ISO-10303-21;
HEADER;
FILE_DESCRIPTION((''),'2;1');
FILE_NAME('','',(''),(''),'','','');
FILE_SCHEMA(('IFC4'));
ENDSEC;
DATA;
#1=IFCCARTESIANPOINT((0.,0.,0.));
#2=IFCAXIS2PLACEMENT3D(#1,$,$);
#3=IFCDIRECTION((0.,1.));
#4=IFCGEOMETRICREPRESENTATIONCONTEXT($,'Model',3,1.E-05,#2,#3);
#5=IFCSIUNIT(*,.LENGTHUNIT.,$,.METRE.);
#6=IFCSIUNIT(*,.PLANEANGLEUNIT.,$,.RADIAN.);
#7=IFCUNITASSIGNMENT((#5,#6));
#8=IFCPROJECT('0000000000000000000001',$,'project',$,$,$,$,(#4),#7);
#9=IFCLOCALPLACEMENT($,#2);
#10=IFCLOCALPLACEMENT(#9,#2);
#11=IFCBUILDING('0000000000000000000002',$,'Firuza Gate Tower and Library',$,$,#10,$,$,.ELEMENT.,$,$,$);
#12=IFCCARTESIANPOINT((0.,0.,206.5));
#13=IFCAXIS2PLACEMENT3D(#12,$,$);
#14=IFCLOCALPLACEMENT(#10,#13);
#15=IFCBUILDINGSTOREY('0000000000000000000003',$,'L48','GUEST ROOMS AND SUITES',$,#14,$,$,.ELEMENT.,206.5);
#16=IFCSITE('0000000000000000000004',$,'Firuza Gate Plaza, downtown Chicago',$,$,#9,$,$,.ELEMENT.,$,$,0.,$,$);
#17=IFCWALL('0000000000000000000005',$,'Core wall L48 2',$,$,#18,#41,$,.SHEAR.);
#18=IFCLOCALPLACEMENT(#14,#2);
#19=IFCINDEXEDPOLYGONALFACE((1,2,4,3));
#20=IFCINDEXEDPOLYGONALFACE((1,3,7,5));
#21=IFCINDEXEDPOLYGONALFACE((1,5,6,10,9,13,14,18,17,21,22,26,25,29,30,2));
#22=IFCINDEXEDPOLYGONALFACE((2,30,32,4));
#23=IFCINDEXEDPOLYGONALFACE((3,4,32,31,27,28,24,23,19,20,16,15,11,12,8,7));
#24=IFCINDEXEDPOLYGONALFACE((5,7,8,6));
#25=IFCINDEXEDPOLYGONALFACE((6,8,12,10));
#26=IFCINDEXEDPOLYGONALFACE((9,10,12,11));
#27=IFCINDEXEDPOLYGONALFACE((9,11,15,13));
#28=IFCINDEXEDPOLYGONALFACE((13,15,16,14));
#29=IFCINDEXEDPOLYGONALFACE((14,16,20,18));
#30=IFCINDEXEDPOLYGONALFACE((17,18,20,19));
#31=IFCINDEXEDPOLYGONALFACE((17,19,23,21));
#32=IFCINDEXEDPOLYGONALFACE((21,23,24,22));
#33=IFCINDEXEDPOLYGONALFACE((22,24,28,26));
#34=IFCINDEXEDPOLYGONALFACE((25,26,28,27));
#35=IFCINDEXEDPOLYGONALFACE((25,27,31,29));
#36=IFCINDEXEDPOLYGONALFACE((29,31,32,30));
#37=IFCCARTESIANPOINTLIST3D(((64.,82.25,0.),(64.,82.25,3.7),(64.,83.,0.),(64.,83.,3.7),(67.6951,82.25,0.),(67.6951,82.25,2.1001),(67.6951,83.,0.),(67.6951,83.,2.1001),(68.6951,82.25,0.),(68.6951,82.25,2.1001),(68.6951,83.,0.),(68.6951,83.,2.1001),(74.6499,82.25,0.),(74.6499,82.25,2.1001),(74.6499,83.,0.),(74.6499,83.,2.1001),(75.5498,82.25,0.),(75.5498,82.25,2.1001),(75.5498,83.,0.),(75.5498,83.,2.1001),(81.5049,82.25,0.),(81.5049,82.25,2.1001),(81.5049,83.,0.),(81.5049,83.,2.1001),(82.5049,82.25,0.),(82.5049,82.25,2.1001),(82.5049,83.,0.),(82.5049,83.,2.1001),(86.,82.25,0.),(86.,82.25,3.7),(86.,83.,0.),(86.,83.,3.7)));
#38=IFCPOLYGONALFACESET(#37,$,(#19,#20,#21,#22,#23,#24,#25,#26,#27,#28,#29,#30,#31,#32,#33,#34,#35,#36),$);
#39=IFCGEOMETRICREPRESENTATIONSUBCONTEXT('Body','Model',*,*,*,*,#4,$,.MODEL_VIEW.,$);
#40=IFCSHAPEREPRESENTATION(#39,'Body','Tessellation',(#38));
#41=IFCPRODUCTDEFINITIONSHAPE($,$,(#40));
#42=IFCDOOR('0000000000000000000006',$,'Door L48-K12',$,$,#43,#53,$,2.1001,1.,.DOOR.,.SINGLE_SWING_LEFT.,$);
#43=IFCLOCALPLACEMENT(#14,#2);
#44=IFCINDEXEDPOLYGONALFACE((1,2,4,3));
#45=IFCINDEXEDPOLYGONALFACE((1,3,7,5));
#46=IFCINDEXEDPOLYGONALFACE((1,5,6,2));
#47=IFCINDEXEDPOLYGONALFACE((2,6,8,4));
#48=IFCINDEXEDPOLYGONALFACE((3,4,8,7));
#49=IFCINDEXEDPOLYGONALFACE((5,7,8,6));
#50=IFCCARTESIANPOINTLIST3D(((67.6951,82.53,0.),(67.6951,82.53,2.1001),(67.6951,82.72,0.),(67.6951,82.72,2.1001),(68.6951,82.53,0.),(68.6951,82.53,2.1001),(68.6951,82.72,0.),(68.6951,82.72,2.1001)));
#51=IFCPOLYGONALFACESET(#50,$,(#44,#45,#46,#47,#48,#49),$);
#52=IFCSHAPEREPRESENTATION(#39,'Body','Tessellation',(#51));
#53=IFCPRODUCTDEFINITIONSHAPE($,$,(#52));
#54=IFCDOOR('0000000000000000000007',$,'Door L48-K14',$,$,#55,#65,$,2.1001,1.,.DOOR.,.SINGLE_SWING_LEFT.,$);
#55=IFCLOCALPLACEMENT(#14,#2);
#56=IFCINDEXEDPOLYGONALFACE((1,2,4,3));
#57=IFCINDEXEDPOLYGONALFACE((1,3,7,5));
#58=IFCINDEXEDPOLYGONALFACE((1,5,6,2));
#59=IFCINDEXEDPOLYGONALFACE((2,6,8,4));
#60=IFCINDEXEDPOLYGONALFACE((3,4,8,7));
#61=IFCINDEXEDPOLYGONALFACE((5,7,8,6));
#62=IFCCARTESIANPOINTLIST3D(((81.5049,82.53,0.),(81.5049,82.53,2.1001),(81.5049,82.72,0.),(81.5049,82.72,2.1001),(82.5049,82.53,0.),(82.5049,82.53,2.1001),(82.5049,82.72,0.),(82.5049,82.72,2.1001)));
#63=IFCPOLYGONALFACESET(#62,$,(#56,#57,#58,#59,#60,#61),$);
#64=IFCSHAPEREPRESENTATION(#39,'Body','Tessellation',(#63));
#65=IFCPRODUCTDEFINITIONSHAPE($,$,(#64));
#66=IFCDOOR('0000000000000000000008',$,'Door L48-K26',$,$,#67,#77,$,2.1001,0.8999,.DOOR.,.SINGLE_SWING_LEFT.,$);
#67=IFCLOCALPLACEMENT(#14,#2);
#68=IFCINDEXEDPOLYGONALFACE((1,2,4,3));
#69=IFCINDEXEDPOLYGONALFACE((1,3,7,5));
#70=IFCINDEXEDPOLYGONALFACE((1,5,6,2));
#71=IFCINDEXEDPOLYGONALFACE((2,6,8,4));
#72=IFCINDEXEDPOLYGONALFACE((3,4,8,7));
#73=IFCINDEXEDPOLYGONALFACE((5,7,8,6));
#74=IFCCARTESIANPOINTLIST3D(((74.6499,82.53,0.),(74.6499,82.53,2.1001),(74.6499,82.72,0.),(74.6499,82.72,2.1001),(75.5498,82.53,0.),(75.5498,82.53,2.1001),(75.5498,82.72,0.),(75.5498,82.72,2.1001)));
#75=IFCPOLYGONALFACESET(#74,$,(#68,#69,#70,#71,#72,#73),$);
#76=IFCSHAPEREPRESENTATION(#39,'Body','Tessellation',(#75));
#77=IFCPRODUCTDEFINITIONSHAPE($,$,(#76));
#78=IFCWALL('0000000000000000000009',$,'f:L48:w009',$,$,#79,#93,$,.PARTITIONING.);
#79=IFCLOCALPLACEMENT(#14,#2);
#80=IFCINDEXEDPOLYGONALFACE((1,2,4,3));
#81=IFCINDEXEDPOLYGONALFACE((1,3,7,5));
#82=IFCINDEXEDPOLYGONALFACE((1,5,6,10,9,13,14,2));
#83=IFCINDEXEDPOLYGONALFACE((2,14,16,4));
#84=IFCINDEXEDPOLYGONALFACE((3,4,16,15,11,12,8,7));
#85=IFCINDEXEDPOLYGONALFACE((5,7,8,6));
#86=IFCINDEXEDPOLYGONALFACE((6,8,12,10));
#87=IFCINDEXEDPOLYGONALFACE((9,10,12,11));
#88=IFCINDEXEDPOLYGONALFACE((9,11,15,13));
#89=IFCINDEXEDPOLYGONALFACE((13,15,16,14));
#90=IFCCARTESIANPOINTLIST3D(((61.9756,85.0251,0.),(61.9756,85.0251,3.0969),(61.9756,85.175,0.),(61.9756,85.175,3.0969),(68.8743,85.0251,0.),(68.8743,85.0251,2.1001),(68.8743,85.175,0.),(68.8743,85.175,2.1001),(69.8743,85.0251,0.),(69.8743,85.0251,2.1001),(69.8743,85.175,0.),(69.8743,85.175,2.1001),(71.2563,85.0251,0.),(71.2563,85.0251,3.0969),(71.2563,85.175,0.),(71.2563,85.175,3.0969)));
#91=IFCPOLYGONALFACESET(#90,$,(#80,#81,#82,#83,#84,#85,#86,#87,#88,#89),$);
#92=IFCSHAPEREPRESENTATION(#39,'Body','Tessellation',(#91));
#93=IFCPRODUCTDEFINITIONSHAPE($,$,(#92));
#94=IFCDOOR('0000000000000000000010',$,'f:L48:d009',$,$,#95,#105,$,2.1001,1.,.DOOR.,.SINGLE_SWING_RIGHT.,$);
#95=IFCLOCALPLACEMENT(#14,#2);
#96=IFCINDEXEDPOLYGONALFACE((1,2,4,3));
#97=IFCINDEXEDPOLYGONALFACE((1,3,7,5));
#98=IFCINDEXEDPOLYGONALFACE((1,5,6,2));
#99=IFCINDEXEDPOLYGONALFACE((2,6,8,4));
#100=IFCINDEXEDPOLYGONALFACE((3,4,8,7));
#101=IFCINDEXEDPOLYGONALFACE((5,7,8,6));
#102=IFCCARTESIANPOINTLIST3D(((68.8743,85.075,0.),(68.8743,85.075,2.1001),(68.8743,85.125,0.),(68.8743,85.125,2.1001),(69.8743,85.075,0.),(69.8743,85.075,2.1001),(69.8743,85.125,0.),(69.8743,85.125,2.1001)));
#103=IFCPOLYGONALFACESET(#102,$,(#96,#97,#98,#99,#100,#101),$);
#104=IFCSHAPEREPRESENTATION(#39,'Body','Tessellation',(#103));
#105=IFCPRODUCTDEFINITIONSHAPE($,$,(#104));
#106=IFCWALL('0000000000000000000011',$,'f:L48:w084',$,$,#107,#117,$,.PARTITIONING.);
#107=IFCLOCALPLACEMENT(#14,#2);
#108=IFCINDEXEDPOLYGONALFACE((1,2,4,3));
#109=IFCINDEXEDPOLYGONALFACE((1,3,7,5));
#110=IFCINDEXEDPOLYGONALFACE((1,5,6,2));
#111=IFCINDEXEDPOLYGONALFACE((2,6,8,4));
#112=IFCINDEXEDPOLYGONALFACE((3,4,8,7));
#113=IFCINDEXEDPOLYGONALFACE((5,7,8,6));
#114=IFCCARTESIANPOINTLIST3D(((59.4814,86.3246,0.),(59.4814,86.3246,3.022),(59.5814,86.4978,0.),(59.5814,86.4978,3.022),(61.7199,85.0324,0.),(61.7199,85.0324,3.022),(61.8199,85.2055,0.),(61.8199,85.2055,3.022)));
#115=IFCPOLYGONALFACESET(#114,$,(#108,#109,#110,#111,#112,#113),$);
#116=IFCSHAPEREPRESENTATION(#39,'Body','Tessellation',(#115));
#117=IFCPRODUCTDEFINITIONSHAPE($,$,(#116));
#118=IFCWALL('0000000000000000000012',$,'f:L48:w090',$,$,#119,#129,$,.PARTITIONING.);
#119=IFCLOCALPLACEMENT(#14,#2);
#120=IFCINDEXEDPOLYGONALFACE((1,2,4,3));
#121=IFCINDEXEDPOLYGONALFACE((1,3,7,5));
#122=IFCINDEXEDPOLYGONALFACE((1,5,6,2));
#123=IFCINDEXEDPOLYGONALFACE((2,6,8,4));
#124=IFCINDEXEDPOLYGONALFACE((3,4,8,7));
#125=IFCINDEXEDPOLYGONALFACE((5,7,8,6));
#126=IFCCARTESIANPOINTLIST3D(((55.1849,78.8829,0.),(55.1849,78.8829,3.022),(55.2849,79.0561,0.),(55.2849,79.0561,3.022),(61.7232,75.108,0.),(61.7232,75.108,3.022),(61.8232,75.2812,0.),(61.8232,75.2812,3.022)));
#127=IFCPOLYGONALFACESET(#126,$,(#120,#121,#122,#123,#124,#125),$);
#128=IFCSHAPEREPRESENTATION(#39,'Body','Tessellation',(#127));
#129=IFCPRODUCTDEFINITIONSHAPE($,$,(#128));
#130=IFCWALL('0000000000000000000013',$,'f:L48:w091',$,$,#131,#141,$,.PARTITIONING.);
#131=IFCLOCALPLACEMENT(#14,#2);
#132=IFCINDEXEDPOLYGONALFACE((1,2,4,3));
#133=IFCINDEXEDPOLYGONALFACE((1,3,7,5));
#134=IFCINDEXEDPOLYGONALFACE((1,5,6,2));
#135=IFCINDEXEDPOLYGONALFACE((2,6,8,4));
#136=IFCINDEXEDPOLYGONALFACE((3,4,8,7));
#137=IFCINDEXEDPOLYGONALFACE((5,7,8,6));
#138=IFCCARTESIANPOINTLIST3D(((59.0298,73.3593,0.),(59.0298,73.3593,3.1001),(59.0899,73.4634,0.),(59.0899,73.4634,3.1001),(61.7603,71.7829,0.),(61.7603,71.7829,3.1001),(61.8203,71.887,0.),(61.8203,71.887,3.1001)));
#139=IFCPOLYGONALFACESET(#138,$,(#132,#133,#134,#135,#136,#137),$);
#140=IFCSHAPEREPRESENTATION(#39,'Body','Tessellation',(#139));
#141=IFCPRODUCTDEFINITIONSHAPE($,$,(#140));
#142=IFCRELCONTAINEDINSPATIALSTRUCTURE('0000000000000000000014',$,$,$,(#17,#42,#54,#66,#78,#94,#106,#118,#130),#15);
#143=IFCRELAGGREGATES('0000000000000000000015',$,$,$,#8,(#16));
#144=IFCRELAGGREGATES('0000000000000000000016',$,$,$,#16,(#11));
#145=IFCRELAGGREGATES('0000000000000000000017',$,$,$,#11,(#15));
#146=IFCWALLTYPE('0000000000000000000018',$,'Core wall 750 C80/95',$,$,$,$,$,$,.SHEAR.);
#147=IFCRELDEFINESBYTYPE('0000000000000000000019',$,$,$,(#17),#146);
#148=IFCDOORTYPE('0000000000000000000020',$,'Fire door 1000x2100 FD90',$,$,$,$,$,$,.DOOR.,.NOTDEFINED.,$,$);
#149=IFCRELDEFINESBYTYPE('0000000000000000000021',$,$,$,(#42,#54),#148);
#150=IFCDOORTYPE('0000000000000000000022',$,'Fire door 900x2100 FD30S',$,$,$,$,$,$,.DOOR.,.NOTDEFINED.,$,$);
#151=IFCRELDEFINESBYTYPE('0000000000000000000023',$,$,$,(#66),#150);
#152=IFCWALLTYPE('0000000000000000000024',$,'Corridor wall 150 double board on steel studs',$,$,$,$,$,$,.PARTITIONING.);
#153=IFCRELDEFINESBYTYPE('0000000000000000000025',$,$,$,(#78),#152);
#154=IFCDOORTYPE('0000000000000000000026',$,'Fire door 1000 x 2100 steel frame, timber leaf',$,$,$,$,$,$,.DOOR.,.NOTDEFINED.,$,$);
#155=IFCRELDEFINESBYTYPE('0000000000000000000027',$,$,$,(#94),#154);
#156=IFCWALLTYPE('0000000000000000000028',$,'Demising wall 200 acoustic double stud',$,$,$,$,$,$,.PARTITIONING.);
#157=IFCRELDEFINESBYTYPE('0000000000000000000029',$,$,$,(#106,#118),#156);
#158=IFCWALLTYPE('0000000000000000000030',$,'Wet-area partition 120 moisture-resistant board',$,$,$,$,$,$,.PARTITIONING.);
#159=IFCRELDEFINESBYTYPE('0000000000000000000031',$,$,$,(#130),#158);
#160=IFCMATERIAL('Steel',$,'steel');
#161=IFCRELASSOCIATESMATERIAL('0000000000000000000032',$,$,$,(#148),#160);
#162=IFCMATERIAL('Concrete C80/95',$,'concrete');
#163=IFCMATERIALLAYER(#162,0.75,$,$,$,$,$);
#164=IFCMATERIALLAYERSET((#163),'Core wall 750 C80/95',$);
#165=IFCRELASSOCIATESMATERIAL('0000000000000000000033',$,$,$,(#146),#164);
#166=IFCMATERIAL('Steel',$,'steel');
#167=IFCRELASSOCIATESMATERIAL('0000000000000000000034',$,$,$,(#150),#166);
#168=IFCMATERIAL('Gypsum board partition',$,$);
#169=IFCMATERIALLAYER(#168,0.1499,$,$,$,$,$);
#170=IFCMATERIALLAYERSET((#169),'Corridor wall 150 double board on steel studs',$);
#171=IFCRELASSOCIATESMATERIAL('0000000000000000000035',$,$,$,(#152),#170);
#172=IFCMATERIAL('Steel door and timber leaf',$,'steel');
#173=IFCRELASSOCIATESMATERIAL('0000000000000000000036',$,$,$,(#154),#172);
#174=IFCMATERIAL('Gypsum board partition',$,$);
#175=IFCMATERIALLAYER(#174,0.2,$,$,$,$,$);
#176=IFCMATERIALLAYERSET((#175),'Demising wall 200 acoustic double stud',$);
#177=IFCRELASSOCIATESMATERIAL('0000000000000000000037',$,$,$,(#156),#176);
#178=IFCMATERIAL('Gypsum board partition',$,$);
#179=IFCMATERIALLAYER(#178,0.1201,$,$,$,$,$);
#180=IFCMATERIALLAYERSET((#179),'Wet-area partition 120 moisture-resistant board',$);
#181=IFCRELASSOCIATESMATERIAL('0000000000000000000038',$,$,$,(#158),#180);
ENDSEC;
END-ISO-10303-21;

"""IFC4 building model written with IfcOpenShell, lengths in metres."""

from ifc_helpers import new_model, si_unit, direction, frame, frame_2d, origin, place, context, subcontext, project, spatial, rectangle, extrude, material, layer, layer_set, type_object, element, fill, save


model = new_model("IFC4")

# Units and contexts
model_context = context("Model", 3, precision=1e-05, world=origin(), true_north=direction((0.0, 1.0)))
body_context = subcontext(model_context, "Body", "Model", "MODEL_VIEW")
ifc_project = project(units=[si_unit("LENGTHUNIT", "METRE"), si_unit("PLANEANGLEUNIT", "RADIAN")], contexts=[model_context])

# Site, building, storey
site_placement = place(None, origin())
site = spatial("IfcSite", under=ifc_project, at=site_placement, Name="Firuza Gate Plaza, downtown Chicago", CompositionType="ELEMENT", RefElevation=0.0)
building_placement = place(site_placement, origin())
building = spatial("IfcBuilding", under=site, at=building_placement, Name="Firuza Gate Tower and Library", CompositionType="ELEMENT")
storey_placement = place(building_placement, frame((0.0, 0.0, 206.5)))
storey = spatial("IfcBuildingStorey", under=building, at=storey_placement, Name="L48", Description="GUEST ROOMS AND SUITES", CompositionType="ELEMENT", Elevation=206.5)

# Shared definitions
ifc_material_1 = material(Name="Steel", Category="steel")
door_type_1 = type_object("IfcDoorType", Name="Fire door 1000x2100 FD90", OperationType="NOTDEFINED", PredefinedType="DOOR", material=ifc_material_1)

# Wall, openings, doors
ifc_material_2 = material(Name="Concrete C80/95", Category="concrete")
ifc_layer_1 = layer(ifc_material_2, 0.75)
ifc_layer_set_1 = layer_set([ifc_layer_1], Name="Core wall 750 C80/95")
wall_type_1 = type_object("IfcWallType", Name="Core wall 750 C80/95", PredefinedType="SHEAR", material=ifc_layer_set_1)
wall_1_placement = place(storey_placement, frame((64.0, 82.625, 0.0), z_axis=(0.0, 0.0, 1.0), x_axis=(1.0, 0.0, 0.0)))
wall_1 = element("IfcWall", 1, at=wall_1_placement, inside=storey, type_object=wall_type_1, Name="Core wall L48 2", PredefinedType="SHEAR", context=body_context, shape_type="SweptSolid", body=[
    extrude(rectangle(XDim=22.0, YDim=0.75, at=frame_2d((11.0, 0.0))), origin(), (0.0, 0.0, 1.0), 3.7),
])
opening_1_placement = place(wall_1_placement, frame((3.6951, 0.0, 0.0)))
opening_1 = element("IfcOpeningElement", 2, at=opening_1_placement, cuts=wall_1, PredefinedType="OPENING", context=body_context, shape_type="SweptSolid", body=[
    extrude(rectangle(XDim=1.0, YDim=2.1001, at=frame_2d((0.5, 1.05))), frame((0.0, 0.385, 0.0), z_axis=(0.0, -1.0, 0.0), x_axis=(1.0, 0.0, 0.0)), (0.0, 0.0, 1.0), 0.77),
])
opening_2_placement = place(wall_1_placement, frame((17.5049, 0.0, 0.0)))
opening_2 = element("IfcOpeningElement", 3, at=opening_2_placement, cuts=wall_1, PredefinedType="OPENING", context=body_context, shape_type="SweptSolid", body=[
    extrude(rectangle(XDim=1.0, YDim=2.1001, at=frame_2d((0.5, 1.05))), frame((0.0, 0.385, 0.0), z_axis=(0.0, -1.0, 0.0), x_axis=(1.0, 0.0, 0.0)), (0.0, 0.0, 1.0), 0.77),
])
opening_3_placement = place(wall_1_placement, frame((10.6499, 0.0, 0.0)))
opening_3 = element("IfcOpeningElement", 4, at=opening_3_placement, cuts=wall_1, PredefinedType="OPENING", context=body_context, shape_type="SweptSolid", body=[
    extrude(rectangle(XDim=0.8999, YDim=2.1001, at=frame_2d((0.45, 1.05))), frame((0.0, 0.385, 0.0), z_axis=(0.0, -1.0, 0.0), x_axis=(1.0, 0.0, 0.0)), (0.0, 0.0, 1.0), 0.77),
])
door_1_placement = place(opening_1_placement, origin())
door_1 = element("IfcDoor", 5, at=door_1_placement, inside=storey, type_object=door_type_1, Name="Door L48-K12", OperationType="SINGLE_SWING_LEFT", OverallHeight=2.1001, OverallWidth=1.0, PredefinedType="DOOR", context=body_context, shape_type="SweptSolid", body=[
    extrude(rectangle(XDim=1.0, YDim=2.1001, at=frame_2d((0.5, 1.05))), frame((0.0, 0.095, 0.0), z_axis=(0.0, -1.0, 0.0), x_axis=(1.0, 0.0, 0.0)), (0.0, 0.0, 1.0), 0.1899),
])
fill(opening_1, door_1)
door_2_placement = place(opening_2_placement, origin())
door_2 = element("IfcDoor", 6, at=door_2_placement, inside=storey, type_object=door_type_1, Name="Door L48-K14", OperationType="SINGLE_SWING_LEFT", OverallHeight=2.1001, OverallWidth=1.0, PredefinedType="DOOR", context=body_context, shape_type="SweptSolid", body=[
    extrude(rectangle(XDim=1.0, YDim=2.1001, at=frame_2d((0.5, 1.05))), frame((0.0, 0.095, 0.0), z_axis=(0.0, -1.0, 0.0), x_axis=(1.0, 0.0, 0.0)), (0.0, 0.0, 1.0), 0.1899),
])
fill(opening_2, door_2)
ifc_material_3 = material(Name="Steel", Category="steel")
door_type_2 = type_object("IfcDoorType", Name="Fire door 900x2100 FD30S", OperationType="NOTDEFINED", PredefinedType="DOOR", material=ifc_material_3)
door_3_placement = place(opening_3_placement, origin())
door_3 = element("IfcDoor", 7, at=door_3_placement, inside=storey, type_object=door_type_2, Name="Door L48-K26", OperationType="SINGLE_SWING_LEFT", OverallHeight=2.1001, OverallWidth=0.8999, PredefinedType="DOOR", context=body_context, shape_type="SweptSolid", body=[
    extrude(rectangle(XDim=0.8999, YDim=2.1001, at=frame_2d((0.45, 1.05))), frame((0.0, 0.095, 0.0), z_axis=(0.0, -1.0, 0.0), x_axis=(1.0, 0.0, 0.0)), (0.0, 0.0, 1.0), 0.1899),
])
fill(opening_3, door_3)

# Wall, opening, door
ifc_material_4 = material(Name="Gypsum board partition")
ifc_layer_2 = layer(ifc_material_4, 0.1499)
ifc_layer_set_2 = layer_set([ifc_layer_2], Name="Corridor wall 150 double board on steel studs")
wall_type_2 = type_object("IfcWallType", Name="Corridor wall 150 double board on steel studs", PredefinedType="PARTITIONING", material=ifc_layer_set_2)
wall_2_placement = place(storey_placement, frame((61.9756, 85.1001, 0.0), z_axis=(0.0, 0.0, 1.0), x_axis=(1.0, 0.0, 0.0)))
wall_2 = element("IfcWall", 8, at=wall_2_placement, inside=storey, type_object=wall_type_2, Name="f:L48:w009", PredefinedType="PARTITIONING", context=body_context, shape_type="SweptSolid", body=[
    extrude(rectangle(XDim=9.2808, YDim=0.1499, at=frame_2d((4.6404, 0.0))), origin(), (0.0, 0.0, 1.0), 3.0969),
])
opening_4_placement = place(wall_2_placement, frame((6.8987, 0.0, 0.0)))
opening_4 = element("IfcOpeningElement", 9, at=opening_4_placement, cuts=wall_2, PredefinedType="OPENING", context=body_context, shape_type="SweptSolid", body=[
    extrude(rectangle(XDim=1.0, YDim=2.1001, at=frame_2d((0.5, 1.05))), frame((0.0, 0.085, 0.0), z_axis=(0.0, -1.0, 0.0), x_axis=(1.0, 0.0, 0.0)), (0.0, 0.0, 1.0), 0.1699),
])
ifc_material_5 = material(Name="Steel door and timber leaf", Category="steel")
door_type_3 = type_object("IfcDoorType", Name="Fire door 1000 x 2100 steel frame, timber leaf", OperationType="NOTDEFINED", PredefinedType="DOOR", material=ifc_material_5)
door_4_placement = place(opening_4_placement, origin())
door_4 = element("IfcDoor", 10, at=door_4_placement, inside=storey, type_object=door_type_3, Name="f:L48:d009", OperationType="SINGLE_SWING_RIGHT", OverallHeight=2.1001, OverallWidth=1.0, PredefinedType="DOOR", context=body_context, shape_type="SweptSolid", body=[
    extrude(rectangle(XDim=1.0, YDim=2.1001, at=frame_2d((0.5, 1.05))), frame((0.0, 0.0249, 0.0), z_axis=(0.0, -1.0, 0.0), x_axis=(1.0, 0.0, 0.0)), (0.0, 0.0, 1.0), 0.05),
])
fill(opening_4, door_4)

# Walls
ifc_material_6 = material(Name="Gypsum board partition")
ifc_layer_3 = layer(ifc_material_6, 0.2)
ifc_layer_set_3 = layer_set([ifc_layer_3], Name="Demising wall 200 acoustic double stud")
wall_type_3 = type_object("IfcWallType", Name="Demising wall 200 acoustic double stud", PredefinedType="PARTITIONING", material=ifc_layer_set_3)
wall_3_placement = place(storey_placement, frame((61.77, 85.1189, 0.0), z_axis=(0.0, 0.0, 1.0), x_axis=(-0.866055, 0.499949, 0.0)))
element("IfcWall", 11, at=wall_3_placement, inside=storey, type_object=wall_type_3, Name="f:L48:w084", PredefinedType="PARTITIONING", context=body_context, shape_type="SweptSolid", body=[
    extrude(rectangle(XDim=2.5847, YDim=0.2, at=frame_2d((1.2925, 0.0))), origin(), (0.0, 0.0, 1.0), 3.022),
])
wall_4_placement = place(storey_placement, frame((61.7732, 75.1946, 0.0), z_axis=(0.0, 0.0, 1.0), x_axis=(-0.866026, 0.5, 0.0)))
element("IfcWall", 12, at=wall_4_placement, inside=storey, type_object=wall_type_3, Name="f:L48:w090", PredefinedType="PARTITIONING", context=body_context, shape_type="SweptSolid", body=[
    extrude(rectangle(XDim=7.5498, YDim=0.2, at=frame_2d((3.7749, 0.0))), origin(), (0.0, 0.0, 1.0), 3.022),
])
ifc_material_7 = material(Name="Gypsum board partition")
ifc_layer_4 = layer(ifc_material_7, 0.1201)
ifc_layer_set_4 = layer_set([ifc_layer_4], Name="Wet-area partition 120 moisture-resistant board")
wall_type_4 = type_object("IfcWallType", Name="Wet-area partition 120 moisture-resistant board", PredefinedType="PARTITIONING", material=ifc_layer_set_4)
wall_5_placement = place(storey_placement, frame((61.7903, 71.835, 0.0), z_axis=(0.0, 0.0, 1.0), x_axis=(-0.866028, 0.499995, 0.0)))
element("IfcWall", 13, at=wall_5_placement, inside=storey, type_object=wall_type_4, Name="f:L48:w091", PredefinedType="PARTITIONING", context=body_context, shape_type="SweptSolid", body=[
    extrude(rectangle(XDim=3.1528, YDim=0.1201, at=frame_2d((1.5764, 0.0))), origin(), (0.0, 0.0, 1.0), 3.1001),
])

save(model, "model.ifc")
